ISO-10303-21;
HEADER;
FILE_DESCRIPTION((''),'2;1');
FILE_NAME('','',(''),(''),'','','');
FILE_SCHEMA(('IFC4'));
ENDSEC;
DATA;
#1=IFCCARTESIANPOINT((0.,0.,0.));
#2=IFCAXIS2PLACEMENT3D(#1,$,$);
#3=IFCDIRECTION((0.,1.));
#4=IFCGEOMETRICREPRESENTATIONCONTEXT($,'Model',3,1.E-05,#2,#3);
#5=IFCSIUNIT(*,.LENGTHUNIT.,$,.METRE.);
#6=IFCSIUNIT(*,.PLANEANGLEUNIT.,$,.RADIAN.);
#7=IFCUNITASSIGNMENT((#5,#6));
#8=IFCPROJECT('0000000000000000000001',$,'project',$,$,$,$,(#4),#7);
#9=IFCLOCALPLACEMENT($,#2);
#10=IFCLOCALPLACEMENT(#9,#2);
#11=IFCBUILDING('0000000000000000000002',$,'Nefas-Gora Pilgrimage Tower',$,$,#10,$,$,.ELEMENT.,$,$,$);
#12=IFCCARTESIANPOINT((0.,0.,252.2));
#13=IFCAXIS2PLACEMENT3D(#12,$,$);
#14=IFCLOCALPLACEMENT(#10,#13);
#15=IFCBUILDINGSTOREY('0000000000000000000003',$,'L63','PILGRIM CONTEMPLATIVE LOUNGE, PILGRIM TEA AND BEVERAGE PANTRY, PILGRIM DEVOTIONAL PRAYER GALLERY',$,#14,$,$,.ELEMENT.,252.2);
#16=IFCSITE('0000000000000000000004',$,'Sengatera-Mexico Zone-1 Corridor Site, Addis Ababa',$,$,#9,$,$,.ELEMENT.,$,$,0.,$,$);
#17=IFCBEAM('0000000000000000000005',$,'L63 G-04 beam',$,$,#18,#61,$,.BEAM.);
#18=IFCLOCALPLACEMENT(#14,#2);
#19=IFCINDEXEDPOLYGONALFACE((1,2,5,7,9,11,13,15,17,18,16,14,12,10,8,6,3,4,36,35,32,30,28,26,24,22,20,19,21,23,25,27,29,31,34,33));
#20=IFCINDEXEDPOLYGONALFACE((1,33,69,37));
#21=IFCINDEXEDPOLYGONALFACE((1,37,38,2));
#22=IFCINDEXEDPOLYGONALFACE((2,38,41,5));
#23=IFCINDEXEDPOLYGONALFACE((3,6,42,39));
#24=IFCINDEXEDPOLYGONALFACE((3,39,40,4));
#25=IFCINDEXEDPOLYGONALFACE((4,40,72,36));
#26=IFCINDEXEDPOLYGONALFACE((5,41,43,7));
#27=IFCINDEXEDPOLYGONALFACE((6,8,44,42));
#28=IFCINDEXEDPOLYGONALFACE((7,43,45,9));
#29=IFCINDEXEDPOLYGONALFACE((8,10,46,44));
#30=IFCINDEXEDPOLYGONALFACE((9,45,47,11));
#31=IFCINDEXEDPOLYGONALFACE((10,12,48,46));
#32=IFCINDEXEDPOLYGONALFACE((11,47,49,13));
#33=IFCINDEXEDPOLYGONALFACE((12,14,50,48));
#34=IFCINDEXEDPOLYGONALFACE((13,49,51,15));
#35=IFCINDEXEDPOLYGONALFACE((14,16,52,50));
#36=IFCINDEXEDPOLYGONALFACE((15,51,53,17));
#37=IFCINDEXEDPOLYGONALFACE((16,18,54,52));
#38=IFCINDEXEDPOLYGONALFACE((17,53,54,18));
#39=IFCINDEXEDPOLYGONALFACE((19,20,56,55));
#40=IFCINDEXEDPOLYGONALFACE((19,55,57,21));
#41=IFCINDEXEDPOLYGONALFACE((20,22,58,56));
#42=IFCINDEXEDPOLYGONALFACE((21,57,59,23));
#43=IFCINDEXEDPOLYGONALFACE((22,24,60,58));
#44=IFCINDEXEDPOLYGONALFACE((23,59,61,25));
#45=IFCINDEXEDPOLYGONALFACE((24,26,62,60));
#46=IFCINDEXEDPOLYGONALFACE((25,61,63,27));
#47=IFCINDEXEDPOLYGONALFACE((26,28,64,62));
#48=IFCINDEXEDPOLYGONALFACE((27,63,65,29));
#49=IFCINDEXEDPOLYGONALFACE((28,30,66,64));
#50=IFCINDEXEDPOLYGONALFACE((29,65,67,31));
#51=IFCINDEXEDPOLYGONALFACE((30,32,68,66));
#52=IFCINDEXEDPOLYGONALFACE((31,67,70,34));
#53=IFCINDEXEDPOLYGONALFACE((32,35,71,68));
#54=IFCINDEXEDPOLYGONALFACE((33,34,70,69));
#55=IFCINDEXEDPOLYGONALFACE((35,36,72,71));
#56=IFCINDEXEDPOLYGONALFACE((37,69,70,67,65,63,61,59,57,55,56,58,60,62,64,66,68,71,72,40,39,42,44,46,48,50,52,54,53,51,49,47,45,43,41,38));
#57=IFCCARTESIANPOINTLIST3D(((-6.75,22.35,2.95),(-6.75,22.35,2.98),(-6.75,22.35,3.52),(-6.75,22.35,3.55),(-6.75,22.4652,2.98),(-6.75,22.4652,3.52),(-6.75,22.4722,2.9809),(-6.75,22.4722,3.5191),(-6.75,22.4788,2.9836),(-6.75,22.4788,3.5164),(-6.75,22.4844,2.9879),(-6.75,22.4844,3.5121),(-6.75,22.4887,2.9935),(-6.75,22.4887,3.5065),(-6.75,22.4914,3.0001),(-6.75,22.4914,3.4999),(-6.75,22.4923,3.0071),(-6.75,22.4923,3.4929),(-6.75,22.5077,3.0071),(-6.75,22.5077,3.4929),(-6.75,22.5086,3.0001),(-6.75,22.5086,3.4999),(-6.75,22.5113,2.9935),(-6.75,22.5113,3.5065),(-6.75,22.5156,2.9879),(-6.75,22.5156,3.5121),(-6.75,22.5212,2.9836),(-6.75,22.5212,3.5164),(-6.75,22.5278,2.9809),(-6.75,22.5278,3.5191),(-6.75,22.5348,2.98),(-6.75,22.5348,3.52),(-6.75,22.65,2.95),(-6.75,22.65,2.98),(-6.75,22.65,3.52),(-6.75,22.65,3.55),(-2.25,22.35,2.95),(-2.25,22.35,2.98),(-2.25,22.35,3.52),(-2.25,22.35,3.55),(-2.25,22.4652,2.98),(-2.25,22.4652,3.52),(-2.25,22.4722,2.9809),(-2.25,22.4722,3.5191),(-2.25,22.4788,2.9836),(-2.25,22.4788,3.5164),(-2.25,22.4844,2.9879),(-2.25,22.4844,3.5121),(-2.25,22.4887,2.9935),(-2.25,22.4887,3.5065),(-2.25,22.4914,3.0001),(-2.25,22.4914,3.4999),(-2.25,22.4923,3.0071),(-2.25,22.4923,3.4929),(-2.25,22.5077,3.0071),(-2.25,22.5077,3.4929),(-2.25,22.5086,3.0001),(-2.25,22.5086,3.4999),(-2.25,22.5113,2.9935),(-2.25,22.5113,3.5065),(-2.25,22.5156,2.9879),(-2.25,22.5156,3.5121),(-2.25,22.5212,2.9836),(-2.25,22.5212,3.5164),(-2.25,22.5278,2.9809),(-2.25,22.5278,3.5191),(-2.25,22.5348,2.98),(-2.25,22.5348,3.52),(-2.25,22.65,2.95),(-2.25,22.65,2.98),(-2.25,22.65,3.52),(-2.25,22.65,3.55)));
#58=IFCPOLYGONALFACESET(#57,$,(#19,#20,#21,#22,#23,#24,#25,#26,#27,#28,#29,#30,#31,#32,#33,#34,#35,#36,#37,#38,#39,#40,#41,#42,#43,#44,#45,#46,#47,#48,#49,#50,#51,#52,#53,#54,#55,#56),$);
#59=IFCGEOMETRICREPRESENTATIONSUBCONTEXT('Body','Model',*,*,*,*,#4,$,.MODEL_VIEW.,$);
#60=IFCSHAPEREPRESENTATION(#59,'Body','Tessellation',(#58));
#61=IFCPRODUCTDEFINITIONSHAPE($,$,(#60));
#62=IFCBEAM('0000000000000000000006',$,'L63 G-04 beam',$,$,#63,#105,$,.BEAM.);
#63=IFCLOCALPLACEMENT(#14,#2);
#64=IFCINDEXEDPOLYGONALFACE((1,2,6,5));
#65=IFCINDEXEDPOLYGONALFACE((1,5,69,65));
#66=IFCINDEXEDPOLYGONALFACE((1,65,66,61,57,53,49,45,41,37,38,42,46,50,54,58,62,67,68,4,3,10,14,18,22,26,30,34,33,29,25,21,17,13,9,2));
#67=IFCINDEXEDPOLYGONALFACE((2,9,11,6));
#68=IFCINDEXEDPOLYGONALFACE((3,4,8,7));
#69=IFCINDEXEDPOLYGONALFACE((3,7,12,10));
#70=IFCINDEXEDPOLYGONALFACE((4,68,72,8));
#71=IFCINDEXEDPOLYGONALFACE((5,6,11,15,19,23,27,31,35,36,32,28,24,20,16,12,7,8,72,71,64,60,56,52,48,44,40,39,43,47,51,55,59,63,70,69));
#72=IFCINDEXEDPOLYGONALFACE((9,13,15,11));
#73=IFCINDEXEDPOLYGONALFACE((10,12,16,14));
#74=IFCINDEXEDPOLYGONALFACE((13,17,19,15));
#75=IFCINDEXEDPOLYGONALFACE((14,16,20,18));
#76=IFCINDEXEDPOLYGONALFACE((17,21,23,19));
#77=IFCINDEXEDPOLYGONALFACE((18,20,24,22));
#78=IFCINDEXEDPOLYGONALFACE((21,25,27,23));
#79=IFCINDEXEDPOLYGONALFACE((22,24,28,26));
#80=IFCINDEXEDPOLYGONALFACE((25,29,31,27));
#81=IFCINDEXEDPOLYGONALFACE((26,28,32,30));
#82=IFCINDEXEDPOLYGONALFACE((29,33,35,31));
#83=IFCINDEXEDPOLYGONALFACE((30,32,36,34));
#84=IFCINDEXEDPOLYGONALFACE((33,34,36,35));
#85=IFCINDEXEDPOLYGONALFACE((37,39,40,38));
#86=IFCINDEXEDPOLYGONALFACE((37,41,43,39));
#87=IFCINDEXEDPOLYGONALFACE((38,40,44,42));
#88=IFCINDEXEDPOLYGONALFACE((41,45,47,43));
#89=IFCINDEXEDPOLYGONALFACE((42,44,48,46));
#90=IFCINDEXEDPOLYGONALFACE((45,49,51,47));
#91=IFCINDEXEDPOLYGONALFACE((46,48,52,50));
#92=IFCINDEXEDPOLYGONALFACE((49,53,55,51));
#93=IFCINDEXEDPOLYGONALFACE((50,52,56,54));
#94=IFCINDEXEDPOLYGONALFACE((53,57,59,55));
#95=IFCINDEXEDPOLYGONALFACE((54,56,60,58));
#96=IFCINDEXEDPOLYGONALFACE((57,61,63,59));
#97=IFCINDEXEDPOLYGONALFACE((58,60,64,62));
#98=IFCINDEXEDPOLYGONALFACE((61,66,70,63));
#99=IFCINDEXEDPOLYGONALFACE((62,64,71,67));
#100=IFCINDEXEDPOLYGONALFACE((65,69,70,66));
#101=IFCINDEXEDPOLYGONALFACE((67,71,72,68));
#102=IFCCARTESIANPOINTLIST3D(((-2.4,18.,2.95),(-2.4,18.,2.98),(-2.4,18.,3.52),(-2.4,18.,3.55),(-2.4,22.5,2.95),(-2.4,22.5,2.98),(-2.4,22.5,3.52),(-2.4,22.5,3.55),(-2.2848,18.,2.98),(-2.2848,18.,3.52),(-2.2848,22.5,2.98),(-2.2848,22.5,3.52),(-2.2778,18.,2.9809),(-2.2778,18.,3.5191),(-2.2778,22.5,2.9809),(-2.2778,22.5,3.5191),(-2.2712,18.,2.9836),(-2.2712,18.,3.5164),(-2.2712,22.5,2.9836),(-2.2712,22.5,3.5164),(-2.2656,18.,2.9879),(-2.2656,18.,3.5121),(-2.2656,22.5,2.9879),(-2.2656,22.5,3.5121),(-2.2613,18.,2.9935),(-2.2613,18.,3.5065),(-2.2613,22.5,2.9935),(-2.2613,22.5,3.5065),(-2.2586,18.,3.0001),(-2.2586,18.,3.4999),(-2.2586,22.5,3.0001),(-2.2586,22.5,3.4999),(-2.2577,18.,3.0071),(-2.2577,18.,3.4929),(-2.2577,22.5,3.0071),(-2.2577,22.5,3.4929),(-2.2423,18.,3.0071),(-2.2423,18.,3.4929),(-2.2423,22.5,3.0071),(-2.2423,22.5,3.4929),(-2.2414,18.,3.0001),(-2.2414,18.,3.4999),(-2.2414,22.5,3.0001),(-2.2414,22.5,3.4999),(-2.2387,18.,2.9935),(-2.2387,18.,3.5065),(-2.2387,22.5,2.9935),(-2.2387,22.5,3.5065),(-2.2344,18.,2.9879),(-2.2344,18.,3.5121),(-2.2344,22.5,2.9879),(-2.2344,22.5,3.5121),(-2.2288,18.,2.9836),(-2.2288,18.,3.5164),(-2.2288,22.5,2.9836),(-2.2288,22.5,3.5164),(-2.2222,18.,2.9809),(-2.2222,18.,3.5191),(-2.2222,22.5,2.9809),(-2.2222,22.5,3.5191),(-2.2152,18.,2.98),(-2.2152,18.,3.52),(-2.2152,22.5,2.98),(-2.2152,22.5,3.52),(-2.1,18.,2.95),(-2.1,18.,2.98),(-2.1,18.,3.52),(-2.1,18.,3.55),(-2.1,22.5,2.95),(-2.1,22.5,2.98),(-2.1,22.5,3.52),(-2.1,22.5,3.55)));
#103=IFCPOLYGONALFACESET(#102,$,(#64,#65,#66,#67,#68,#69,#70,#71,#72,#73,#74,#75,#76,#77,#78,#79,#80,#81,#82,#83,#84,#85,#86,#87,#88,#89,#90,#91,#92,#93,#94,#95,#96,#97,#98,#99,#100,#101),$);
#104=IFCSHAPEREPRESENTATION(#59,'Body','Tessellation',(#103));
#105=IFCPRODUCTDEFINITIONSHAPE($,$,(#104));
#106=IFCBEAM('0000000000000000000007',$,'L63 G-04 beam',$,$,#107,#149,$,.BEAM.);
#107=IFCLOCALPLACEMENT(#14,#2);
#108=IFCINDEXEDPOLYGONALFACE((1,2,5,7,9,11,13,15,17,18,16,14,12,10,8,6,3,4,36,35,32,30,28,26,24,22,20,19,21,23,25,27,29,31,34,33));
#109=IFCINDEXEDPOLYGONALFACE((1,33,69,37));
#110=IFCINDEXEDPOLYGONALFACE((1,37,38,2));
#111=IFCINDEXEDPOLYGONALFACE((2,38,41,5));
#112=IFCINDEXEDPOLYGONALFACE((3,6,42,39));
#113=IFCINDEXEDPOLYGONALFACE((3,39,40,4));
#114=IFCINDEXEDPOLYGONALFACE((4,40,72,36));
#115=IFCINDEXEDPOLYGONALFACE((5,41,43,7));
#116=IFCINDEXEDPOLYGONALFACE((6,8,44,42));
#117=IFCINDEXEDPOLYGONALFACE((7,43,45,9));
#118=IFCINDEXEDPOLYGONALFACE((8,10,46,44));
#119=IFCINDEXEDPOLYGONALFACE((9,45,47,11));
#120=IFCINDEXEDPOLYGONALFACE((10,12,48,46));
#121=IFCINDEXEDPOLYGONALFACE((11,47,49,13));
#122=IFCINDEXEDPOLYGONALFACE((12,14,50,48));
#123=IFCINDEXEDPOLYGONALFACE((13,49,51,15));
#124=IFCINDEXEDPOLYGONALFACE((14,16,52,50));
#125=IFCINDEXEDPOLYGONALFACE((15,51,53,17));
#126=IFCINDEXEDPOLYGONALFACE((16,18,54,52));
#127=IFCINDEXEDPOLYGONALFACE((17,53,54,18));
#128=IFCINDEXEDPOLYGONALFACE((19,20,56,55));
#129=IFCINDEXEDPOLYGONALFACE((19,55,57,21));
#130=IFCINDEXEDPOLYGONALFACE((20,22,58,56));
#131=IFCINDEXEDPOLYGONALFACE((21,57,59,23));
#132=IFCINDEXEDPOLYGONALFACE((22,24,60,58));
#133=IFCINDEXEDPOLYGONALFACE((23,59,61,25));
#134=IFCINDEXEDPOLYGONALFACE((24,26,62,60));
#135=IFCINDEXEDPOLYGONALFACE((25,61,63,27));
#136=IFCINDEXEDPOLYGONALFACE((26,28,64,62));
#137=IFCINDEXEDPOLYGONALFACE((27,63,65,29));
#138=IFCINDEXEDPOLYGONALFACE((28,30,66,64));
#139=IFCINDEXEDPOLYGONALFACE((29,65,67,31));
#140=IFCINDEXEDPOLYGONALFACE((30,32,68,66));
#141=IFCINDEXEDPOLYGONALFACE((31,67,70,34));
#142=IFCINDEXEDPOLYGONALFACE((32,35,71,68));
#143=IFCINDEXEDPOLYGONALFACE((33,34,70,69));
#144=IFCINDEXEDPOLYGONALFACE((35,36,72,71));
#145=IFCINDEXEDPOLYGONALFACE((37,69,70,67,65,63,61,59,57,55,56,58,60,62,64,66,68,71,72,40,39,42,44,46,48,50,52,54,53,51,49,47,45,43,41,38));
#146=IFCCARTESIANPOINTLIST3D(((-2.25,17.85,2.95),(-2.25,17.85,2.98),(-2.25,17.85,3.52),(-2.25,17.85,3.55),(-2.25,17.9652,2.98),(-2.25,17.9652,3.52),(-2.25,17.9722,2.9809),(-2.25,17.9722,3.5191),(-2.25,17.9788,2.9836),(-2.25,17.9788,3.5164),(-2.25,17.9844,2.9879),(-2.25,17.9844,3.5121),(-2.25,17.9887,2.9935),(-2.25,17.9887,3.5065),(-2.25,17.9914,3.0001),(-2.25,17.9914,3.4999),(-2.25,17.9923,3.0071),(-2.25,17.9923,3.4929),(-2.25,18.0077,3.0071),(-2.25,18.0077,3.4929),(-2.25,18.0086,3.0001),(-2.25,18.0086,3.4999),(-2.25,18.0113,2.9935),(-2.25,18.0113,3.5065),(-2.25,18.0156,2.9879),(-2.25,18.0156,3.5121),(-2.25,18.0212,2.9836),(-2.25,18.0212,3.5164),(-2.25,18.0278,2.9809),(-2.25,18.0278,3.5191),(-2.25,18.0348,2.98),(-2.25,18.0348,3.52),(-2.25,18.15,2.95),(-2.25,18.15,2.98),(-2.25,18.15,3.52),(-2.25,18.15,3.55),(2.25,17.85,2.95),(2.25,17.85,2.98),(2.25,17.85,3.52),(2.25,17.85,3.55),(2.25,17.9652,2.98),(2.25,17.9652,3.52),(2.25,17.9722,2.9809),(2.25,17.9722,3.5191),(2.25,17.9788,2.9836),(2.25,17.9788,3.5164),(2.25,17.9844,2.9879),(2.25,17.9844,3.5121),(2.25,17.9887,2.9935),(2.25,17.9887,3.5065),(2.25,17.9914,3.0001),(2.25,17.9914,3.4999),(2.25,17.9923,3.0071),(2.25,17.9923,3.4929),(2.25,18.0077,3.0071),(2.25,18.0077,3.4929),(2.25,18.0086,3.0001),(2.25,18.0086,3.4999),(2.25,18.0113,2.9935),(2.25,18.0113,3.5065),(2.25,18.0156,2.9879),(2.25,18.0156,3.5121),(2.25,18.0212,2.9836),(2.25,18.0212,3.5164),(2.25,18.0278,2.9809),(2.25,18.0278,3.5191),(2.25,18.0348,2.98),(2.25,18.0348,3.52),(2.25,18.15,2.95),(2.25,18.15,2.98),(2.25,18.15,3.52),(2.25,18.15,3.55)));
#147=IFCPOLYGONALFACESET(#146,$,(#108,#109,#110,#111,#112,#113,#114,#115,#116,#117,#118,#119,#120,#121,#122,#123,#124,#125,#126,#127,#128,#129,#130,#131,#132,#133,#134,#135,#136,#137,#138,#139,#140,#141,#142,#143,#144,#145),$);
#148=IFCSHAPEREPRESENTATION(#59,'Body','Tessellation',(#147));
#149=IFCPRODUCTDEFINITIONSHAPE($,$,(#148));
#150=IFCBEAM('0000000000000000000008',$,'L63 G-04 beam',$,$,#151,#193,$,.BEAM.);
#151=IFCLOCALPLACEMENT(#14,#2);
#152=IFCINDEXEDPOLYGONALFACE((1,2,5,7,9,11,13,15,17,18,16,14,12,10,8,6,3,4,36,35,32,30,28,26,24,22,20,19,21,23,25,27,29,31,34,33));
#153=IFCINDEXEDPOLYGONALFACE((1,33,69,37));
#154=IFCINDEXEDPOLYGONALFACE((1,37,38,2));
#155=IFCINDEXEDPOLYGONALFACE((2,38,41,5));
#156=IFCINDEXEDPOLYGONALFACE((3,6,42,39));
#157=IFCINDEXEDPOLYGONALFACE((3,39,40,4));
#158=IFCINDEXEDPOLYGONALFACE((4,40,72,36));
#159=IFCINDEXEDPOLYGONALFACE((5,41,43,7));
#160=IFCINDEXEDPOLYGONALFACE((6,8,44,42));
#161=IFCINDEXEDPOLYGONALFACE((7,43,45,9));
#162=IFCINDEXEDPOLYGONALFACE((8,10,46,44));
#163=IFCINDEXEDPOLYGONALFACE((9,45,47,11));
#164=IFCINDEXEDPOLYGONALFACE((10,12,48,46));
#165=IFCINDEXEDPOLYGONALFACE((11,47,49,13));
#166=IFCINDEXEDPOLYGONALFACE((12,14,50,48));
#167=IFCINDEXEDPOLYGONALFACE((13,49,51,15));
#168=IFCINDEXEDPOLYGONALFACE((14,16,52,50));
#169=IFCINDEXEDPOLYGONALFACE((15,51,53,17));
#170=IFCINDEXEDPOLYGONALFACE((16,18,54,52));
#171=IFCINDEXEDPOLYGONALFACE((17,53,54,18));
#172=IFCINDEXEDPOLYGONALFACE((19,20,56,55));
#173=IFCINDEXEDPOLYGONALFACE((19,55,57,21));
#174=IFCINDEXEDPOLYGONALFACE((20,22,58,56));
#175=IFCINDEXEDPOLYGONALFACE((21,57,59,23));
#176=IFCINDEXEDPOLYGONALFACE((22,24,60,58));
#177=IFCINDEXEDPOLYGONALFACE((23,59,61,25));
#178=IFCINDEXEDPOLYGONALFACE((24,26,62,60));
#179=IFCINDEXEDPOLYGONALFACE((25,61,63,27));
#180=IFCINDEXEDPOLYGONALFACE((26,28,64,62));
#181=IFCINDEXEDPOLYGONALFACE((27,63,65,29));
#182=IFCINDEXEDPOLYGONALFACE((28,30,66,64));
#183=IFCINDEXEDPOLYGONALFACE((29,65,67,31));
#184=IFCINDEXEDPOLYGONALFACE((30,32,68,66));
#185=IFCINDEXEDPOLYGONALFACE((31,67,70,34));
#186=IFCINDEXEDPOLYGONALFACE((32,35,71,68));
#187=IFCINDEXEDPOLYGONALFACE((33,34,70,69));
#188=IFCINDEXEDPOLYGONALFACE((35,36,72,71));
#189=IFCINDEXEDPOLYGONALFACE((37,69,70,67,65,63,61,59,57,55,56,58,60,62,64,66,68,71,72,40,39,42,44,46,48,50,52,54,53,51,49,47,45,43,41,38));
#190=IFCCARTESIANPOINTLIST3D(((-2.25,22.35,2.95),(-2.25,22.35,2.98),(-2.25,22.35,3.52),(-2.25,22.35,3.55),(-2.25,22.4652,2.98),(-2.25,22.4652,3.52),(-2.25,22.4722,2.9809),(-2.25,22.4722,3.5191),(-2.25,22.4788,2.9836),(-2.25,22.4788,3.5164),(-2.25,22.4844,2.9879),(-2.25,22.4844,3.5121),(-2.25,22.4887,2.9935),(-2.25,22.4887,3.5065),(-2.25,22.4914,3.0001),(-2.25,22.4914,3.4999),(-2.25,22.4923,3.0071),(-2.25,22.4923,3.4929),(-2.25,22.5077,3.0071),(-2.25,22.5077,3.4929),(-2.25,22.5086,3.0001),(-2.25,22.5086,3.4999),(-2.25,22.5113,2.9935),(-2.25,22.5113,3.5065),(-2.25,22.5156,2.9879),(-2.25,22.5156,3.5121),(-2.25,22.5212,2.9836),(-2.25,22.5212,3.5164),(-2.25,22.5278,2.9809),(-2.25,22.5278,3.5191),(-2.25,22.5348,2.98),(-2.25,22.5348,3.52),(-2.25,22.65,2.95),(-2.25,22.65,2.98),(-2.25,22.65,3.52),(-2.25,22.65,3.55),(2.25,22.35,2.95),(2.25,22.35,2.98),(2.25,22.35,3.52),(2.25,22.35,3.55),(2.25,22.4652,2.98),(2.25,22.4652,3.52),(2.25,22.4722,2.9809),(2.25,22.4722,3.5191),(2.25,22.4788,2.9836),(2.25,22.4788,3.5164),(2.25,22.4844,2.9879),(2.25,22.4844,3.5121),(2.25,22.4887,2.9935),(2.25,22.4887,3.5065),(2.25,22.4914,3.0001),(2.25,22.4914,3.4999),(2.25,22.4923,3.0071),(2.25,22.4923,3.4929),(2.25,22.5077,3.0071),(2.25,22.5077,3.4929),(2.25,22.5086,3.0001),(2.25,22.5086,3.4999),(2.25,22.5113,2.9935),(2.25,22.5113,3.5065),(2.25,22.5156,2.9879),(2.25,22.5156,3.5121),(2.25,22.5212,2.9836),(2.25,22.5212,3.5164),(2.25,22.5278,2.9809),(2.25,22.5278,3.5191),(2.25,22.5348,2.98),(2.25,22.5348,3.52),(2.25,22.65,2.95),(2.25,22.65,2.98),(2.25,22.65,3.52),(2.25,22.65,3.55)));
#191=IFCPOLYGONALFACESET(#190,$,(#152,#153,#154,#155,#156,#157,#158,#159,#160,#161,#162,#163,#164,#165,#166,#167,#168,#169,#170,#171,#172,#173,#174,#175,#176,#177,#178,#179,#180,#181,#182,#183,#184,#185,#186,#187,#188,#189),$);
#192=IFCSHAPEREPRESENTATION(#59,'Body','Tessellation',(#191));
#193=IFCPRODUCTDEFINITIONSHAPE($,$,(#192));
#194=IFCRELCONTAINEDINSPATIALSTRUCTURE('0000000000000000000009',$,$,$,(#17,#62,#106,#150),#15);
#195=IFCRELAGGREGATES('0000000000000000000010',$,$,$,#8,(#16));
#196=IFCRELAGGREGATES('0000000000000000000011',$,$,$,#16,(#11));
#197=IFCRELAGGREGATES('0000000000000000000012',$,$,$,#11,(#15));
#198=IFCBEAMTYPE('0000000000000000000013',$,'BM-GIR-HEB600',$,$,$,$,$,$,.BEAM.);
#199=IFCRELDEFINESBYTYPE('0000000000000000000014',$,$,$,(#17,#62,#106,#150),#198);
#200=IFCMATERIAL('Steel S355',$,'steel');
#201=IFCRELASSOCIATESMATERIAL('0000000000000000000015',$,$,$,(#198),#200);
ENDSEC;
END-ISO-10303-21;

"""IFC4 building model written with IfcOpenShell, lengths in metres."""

from ifc_helpers import new_model, si_unit, direction, frame, origin, origin_2d, place, context, subcontext, project, spatial, i_section, extrude, source, transform, mapped, material, material_profile, profile_set, type_object, element, save


model = new_model("IFC4")

# Units and contexts
model_context = context("Model", 3, precision=1e-05, world=origin(), true_north=direction((0.0, 1.0)))
body_context = subcontext(model_context, "Body", "Model", "MODEL_VIEW")
ifc_project = project(units=[si_unit("LENGTHUNIT", "METRE"), si_unit("PLANEANGLEUNIT", "RADIAN")], contexts=[model_context])

# Site, building, storey
site_placement = place(None, origin())
site = spatial("IfcSite", under=ifc_project, at=site_placement, Name="Sengatera-Mexico Zone-1 Corridor Site, Addis Ababa", CompositionType="ELEMENT", RefElevation=0.0)
building_placement = place(site_placement, origin())
building = spatial("IfcBuilding", under=site, at=building_placement, Name="Nefas-Gora Pilgrimage Tower", CompositionType="ELEMENT")
storey_placement = place(building_placement, frame((0.0, 0.0, 252.2)))
storey = spatial("IfcBuildingStorey", under=building, at=storey_placement, Name="L63", Description="PILGRIM CONTEMPLATIVE LOUNGE, PILGRIM TEA AND BEVERAGE PANTRY, PILGRIM DEVOTIONAL PRAYER GALLERY", CompositionType="ELEMENT", Elevation=252.2)

# Beams
ifc_material_1 = material(Name="Steel S355", Category="steel")
ifc_material_profile_1 = material_profile(ifc_material_1, i_section(OverallWidth=0.3, OverallDepth=0.6001, WebThickness=0.0154, FlangeThickness=0.03, FilletRadius=0.0271, at=origin_2d()), Name="HEB 600")
ifc_profile_set_1 = profile_set([ifc_material_profile_1], Name="Steel S355")
beam_type = type_object("IfcBeamType", Name="BM-GIR-HEB600", PredefinedType="BEAM", material=ifc_profile_set_1)
shared_shape_1 = source(origin(), body_context, "Body", "SweptSolid", [
    extrude(i_section(OverallWidth=0.3, OverallDepth=0.6001, WebThickness=0.0154, FlangeThickness=0.03, FilletRadius=0.0271, at=origin_2d()), origin(), (0.0, 0.0, 1.0), 4.5),
])
for number, where, z_axis, x_axis, name in (
    (1, (-6.75, 22.5, 3.25), (1.0, 0.0, 0.0), (0.0, 1.0, 0.0), "L63 G-04 beam"),
    (2, (-2.25, 18.0, 3.25), (0.0, 1.0, 0.0), (-1.0, 0.0, 0.0), "L63 G-04 beam"),
    (3, (-2.25, 18.0, 3.25), (1.0, 0.0, 0.0), (0.0, 1.0, 0.0), "L63 G-04 beam"),
    (4, (-2.25, 22.5, 3.25), (1.0, 0.0, 0.0), (0.0, 1.0, 0.0), "L63 G-04 beam"),
):
    element("IfcBeam", number, at=place(storey_placement, frame(where, z_axis=z_axis, x_axis=x_axis)), inside=storey, type_object=beam_type, Name=name, PredefinedType="BEAM", context=body_context, shape_type="MappedRepresentation", body=[
        mapped(shared_shape_1, transform((0.0, 0.0, 0.0), x_axis=(1.0, 0.0, 0.0), y_axis=(0.0, 1.0, 0.0), z_axis=(0.0, 0.0, 1.0), scale=1.0)),
    ])

save(model, "model.ifc")
